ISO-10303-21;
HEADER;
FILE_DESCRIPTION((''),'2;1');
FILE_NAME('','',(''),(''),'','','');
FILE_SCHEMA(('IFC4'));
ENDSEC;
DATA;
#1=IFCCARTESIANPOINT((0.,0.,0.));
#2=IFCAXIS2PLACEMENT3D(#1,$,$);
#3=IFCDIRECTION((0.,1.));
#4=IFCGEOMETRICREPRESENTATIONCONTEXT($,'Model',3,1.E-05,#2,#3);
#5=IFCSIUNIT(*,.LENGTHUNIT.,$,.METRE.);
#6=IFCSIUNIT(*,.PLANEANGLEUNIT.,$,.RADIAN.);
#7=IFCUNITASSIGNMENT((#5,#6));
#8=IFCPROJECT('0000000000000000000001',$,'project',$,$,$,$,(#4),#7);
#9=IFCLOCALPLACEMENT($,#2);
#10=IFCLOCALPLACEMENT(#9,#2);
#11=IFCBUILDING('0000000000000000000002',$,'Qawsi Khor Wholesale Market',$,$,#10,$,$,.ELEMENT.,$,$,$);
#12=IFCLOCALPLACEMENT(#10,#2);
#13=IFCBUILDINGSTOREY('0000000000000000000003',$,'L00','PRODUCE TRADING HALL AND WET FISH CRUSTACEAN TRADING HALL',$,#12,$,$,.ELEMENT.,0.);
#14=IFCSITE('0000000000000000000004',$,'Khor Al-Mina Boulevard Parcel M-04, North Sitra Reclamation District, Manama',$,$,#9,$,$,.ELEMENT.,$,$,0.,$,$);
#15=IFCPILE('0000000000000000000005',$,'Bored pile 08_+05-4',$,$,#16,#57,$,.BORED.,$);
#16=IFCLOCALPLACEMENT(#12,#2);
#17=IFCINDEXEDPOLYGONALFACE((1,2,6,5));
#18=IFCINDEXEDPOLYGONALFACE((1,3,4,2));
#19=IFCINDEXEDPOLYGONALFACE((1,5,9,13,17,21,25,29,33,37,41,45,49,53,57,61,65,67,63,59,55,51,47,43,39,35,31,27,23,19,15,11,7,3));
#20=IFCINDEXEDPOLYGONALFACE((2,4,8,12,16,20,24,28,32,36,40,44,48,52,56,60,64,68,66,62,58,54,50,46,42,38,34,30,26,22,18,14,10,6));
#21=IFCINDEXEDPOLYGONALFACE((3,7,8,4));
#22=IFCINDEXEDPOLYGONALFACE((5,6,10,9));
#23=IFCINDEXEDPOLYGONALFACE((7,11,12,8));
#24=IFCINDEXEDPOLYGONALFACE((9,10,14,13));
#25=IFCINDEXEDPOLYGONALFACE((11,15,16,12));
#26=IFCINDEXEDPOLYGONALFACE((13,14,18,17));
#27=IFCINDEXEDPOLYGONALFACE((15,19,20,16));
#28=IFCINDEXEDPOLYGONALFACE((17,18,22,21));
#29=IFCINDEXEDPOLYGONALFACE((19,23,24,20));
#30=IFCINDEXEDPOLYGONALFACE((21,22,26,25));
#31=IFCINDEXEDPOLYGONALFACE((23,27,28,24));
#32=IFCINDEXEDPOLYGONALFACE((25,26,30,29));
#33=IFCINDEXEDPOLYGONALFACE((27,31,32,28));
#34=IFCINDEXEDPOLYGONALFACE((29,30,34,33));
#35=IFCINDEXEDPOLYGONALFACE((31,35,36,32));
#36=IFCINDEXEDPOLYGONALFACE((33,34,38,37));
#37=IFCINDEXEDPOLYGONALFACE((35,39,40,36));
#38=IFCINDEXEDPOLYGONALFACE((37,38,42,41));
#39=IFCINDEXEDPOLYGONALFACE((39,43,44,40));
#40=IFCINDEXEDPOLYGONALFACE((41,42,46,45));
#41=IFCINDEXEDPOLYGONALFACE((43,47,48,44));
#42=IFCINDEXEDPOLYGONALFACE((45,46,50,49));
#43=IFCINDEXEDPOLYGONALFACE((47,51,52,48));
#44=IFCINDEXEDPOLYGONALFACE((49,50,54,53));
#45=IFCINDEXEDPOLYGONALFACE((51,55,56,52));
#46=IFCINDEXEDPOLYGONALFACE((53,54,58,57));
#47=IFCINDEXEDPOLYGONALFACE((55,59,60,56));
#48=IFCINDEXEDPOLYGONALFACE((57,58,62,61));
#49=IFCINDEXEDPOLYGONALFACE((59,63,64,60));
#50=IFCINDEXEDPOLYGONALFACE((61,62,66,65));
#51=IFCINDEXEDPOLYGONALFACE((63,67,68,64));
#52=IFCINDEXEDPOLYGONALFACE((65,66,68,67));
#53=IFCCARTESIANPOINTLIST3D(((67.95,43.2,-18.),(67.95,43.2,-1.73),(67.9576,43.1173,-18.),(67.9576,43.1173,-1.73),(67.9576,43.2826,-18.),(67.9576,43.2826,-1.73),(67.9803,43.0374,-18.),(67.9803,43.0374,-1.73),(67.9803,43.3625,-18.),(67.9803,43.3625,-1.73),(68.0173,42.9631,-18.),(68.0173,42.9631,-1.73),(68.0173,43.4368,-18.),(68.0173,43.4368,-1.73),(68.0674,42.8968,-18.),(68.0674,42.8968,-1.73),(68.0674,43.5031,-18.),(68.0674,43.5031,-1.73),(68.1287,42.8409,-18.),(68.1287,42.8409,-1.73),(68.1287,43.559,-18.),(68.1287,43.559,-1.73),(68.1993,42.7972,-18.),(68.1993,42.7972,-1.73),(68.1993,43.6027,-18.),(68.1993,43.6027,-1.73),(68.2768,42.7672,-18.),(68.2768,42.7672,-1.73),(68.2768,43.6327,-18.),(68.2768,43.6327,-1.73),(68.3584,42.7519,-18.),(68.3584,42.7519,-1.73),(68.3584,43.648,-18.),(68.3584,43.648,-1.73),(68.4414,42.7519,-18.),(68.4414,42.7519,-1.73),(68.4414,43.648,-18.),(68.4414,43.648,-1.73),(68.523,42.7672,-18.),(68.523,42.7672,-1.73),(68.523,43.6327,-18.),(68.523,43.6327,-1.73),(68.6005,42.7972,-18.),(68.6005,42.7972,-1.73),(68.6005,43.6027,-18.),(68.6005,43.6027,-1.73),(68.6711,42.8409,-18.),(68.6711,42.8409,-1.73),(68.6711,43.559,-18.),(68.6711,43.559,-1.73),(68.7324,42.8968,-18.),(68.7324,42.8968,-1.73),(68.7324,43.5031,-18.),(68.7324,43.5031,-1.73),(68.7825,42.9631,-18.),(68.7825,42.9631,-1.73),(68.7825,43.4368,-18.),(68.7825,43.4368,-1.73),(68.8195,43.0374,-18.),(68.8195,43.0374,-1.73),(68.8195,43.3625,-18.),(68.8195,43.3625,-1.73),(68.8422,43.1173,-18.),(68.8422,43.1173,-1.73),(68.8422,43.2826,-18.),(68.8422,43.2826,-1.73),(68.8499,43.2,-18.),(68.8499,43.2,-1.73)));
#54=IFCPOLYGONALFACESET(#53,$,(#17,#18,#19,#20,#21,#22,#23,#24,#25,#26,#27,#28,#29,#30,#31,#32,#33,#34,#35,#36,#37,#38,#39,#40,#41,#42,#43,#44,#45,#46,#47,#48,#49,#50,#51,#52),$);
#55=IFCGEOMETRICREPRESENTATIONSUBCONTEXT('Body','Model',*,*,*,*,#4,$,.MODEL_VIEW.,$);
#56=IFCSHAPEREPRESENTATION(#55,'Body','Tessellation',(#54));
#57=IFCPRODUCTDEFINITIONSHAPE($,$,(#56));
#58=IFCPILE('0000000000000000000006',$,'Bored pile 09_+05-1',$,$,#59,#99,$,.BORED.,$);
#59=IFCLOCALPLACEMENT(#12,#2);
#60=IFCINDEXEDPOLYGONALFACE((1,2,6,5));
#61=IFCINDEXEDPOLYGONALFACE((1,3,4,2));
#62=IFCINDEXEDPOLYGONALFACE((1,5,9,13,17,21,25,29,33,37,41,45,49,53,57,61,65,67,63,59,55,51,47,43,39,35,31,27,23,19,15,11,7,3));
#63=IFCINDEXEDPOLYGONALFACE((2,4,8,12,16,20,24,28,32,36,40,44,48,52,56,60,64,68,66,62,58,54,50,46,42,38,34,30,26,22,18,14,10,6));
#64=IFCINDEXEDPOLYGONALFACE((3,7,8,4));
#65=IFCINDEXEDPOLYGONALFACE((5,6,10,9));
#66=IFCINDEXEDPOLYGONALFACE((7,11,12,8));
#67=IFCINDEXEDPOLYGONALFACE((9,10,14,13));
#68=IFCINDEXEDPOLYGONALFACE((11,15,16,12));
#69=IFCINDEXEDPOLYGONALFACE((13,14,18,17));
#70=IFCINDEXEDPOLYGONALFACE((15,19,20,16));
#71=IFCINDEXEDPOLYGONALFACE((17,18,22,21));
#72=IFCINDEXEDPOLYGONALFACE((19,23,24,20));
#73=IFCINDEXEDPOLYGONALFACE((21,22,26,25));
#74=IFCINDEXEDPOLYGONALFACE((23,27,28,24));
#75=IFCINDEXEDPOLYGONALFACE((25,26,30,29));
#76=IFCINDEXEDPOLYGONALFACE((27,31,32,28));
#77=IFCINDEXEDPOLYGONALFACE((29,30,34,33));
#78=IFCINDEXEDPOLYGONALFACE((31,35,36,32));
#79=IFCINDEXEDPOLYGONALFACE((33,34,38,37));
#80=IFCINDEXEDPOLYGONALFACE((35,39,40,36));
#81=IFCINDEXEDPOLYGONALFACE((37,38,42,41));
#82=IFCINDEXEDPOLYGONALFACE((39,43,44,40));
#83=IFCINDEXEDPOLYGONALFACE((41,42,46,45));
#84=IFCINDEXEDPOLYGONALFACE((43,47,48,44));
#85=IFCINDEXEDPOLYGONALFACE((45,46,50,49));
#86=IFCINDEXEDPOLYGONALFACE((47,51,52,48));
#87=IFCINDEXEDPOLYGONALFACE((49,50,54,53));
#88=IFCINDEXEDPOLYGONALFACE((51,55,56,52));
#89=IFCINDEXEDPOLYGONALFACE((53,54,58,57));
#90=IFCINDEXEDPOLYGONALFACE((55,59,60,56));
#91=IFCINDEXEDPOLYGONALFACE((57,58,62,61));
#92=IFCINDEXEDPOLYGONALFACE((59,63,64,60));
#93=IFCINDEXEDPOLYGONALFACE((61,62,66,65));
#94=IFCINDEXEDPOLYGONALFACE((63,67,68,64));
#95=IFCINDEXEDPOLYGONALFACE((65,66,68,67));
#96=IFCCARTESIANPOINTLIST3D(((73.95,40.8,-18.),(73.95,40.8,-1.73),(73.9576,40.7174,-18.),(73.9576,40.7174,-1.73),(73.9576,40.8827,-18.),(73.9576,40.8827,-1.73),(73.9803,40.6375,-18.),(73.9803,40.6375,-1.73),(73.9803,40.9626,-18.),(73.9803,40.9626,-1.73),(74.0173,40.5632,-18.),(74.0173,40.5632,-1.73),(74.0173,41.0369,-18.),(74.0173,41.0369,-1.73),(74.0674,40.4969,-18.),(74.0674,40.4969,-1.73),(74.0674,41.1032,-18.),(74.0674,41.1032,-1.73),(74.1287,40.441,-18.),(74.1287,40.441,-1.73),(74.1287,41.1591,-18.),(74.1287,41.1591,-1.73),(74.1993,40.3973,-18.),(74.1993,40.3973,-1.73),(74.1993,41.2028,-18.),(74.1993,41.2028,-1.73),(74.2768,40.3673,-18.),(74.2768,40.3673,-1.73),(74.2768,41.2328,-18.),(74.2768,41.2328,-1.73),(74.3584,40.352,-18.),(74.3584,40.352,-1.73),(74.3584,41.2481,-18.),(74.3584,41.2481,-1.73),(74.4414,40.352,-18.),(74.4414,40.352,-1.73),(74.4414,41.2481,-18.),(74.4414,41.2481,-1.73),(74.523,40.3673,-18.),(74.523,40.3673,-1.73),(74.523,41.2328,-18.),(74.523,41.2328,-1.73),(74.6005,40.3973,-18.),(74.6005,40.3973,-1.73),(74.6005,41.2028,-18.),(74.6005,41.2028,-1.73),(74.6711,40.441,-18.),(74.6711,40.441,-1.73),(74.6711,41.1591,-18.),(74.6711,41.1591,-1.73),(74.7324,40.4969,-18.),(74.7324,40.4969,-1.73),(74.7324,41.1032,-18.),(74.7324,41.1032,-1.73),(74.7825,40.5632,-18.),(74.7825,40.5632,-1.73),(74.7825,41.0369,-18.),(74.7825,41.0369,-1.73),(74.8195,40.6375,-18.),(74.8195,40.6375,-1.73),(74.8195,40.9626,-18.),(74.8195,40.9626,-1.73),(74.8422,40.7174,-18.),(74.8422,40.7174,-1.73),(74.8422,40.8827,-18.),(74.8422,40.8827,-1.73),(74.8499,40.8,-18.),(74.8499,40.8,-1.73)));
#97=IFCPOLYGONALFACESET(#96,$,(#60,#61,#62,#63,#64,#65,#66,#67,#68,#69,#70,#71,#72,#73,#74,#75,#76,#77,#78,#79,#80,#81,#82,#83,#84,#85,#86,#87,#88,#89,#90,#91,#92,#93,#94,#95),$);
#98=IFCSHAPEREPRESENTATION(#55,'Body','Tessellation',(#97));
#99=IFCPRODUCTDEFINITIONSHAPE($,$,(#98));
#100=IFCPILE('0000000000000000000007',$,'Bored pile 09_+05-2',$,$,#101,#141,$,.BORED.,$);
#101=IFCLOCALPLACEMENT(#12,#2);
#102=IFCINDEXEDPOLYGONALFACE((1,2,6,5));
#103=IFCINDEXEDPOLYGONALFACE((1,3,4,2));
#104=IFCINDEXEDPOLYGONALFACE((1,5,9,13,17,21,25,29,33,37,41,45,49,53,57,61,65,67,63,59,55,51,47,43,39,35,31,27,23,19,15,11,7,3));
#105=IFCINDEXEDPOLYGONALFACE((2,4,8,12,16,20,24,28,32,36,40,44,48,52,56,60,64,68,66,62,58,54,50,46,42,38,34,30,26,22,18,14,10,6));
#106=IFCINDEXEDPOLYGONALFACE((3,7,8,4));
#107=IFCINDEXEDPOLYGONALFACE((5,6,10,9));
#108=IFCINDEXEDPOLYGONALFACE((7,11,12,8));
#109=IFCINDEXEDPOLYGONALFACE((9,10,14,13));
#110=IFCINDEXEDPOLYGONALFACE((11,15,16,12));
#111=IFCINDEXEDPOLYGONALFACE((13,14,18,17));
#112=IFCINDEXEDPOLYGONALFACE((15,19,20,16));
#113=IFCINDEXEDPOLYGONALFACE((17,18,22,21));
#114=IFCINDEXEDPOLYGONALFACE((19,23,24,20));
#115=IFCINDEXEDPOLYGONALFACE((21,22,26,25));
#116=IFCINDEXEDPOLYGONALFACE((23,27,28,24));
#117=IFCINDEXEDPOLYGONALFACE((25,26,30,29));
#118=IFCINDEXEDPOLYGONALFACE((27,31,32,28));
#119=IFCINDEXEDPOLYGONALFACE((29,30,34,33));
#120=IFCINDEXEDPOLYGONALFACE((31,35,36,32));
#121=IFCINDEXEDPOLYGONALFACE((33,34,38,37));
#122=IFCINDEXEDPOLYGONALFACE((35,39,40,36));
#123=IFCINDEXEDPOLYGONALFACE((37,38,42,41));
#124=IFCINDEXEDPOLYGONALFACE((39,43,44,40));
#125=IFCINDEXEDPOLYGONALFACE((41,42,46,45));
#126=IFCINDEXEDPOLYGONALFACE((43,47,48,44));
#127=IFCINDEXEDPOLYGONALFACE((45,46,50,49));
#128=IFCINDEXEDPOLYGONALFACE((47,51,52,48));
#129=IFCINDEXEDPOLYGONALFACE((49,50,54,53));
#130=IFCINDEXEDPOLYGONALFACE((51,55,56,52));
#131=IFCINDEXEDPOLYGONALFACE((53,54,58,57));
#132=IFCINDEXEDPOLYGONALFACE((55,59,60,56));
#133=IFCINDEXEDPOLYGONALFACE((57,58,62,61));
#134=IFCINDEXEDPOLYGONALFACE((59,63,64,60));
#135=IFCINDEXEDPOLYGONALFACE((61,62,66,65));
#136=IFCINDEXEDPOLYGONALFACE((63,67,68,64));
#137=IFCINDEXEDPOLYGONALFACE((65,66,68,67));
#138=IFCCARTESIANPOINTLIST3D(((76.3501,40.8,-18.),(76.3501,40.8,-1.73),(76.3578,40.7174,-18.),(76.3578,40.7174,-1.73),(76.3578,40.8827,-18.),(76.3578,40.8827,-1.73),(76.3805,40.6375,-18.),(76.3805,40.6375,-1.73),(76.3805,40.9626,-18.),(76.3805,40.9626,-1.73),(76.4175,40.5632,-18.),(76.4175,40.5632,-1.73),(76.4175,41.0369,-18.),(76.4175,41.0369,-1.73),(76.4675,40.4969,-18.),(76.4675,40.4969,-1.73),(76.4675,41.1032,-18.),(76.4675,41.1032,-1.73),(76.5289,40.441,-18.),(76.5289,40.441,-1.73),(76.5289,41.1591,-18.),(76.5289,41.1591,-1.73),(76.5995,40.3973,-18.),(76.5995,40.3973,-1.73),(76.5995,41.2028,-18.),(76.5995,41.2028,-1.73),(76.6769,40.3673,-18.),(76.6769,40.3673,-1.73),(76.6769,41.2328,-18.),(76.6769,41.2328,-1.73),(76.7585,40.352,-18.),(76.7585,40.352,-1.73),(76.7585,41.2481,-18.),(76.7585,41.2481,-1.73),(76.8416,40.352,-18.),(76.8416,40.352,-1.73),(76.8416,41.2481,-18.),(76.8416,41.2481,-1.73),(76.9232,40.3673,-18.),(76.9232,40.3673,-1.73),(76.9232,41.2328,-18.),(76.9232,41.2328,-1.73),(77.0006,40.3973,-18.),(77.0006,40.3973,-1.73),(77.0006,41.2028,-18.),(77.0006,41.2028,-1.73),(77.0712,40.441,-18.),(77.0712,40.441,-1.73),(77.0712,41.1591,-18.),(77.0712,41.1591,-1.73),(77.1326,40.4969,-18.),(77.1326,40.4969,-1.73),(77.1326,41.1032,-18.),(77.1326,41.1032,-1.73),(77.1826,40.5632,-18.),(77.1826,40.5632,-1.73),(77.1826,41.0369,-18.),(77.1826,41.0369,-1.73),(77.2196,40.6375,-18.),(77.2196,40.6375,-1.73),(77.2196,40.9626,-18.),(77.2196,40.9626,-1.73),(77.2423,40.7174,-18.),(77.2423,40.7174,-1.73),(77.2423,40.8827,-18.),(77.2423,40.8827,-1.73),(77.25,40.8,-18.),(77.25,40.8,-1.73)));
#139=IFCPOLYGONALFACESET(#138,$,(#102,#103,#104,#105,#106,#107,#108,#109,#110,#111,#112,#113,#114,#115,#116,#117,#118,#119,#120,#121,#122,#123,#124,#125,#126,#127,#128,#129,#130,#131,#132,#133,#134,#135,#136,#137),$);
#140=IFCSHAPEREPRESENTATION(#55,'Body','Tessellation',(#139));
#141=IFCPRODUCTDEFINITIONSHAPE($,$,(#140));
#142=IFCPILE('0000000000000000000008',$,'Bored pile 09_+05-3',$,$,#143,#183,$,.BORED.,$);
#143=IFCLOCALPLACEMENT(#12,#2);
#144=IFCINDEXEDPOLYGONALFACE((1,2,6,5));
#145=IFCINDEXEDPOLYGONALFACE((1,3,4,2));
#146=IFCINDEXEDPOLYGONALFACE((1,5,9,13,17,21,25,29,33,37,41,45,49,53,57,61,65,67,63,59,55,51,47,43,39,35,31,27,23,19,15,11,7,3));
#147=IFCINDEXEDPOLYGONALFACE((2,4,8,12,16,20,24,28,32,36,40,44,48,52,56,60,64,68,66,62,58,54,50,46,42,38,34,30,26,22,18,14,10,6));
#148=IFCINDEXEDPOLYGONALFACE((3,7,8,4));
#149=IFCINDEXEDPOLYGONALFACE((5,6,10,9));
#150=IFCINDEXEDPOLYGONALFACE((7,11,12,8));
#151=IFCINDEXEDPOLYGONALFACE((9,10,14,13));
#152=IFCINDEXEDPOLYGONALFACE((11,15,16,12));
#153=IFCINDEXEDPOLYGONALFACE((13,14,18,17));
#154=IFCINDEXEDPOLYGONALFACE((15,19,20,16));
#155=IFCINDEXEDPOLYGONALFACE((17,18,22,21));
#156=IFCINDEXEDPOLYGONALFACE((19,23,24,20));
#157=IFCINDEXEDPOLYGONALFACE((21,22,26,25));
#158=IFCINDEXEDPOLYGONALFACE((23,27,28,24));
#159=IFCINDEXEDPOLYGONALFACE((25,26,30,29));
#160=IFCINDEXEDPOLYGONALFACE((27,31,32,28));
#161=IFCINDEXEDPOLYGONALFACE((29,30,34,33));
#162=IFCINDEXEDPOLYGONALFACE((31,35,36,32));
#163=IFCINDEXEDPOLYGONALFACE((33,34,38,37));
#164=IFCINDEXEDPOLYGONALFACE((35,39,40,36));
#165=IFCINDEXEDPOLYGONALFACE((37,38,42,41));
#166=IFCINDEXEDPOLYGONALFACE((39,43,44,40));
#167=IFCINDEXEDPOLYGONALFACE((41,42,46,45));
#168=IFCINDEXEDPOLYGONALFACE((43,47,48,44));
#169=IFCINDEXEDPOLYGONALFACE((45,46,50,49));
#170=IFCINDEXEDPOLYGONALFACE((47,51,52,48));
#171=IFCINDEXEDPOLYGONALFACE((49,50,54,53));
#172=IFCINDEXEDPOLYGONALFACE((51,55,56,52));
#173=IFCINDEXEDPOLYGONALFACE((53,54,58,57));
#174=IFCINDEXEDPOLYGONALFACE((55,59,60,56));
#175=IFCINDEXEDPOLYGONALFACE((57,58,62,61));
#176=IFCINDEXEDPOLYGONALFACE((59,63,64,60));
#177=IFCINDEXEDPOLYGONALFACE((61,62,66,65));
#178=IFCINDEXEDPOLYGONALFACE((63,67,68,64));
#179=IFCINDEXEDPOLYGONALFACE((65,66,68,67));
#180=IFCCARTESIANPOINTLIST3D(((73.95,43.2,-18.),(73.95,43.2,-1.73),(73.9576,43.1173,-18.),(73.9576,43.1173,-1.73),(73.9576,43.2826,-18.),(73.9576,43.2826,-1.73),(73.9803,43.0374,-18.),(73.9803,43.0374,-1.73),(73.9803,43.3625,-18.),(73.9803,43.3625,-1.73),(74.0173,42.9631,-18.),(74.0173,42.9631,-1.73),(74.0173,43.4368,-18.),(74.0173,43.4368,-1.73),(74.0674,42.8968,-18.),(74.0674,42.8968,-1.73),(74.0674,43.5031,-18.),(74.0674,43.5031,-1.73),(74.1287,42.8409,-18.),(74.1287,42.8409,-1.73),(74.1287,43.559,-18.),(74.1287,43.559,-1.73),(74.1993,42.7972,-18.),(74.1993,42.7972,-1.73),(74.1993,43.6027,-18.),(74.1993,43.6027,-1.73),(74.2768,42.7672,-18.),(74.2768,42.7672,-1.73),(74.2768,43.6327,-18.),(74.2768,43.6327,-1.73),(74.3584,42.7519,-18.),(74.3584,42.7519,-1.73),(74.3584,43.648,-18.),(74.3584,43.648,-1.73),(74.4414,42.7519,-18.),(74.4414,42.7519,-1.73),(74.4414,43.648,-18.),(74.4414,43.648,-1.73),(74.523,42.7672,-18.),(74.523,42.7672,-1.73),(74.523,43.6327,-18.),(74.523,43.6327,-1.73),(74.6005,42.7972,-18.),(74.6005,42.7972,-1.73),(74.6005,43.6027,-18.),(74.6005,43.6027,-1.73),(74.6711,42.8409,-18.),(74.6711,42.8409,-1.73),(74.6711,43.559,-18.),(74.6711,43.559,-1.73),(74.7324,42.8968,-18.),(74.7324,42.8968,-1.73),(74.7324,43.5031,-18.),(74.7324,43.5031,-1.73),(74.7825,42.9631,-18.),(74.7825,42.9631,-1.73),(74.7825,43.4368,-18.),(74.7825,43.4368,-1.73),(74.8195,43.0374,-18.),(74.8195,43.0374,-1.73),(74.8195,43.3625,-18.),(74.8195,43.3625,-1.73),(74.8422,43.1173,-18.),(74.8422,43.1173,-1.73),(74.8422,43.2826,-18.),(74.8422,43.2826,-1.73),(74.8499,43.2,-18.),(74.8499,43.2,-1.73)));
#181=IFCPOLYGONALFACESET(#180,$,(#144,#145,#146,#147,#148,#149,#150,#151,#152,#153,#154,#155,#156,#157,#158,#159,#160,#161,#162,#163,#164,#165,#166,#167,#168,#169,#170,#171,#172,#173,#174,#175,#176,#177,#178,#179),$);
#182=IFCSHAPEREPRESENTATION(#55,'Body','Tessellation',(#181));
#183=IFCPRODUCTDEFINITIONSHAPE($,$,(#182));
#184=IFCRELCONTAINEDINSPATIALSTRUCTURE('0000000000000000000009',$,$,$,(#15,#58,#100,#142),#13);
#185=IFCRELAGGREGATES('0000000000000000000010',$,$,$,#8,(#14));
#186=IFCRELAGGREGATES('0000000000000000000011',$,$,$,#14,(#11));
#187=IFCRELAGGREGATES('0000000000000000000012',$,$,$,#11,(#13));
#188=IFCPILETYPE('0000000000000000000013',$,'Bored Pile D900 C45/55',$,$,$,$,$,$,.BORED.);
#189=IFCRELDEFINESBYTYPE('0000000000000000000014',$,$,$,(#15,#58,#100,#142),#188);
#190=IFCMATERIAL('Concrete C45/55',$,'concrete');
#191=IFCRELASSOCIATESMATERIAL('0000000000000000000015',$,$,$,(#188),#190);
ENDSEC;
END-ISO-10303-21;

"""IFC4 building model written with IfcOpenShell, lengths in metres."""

from ifc_helpers import new_model, si_unit, direction, frame, origin, origin_2d, place, context, subcontext, project, spatial, circle, extrude, material, material_profile, profile_set, type_object, element, save


model = new_model("IFC4")

# Units and contexts
model_context = context("Model", 3, precision=1e-05, world=origin(), true_north=direction((0.0, 1.0)))
body_context = subcontext(model_context, "Body", "Model", "MODEL_VIEW")
ifc_project = project(units=[si_unit("LENGTHUNIT", "METRE"), si_unit("PLANEANGLEUNIT", "RADIAN")], contexts=[model_context])

# Site, building, storey
site_placement = place(None, origin())
site = spatial("IfcSite", under=ifc_project, at=site_placement, Name="Khor Al-Mina Boulevard Parcel M-04, North Sitra Reclamation District, Manama", CompositionType="ELEMENT", RefElevation=0.0)
building_placement = place(site_placement, origin())
building = spatial("IfcBuilding", under=site, at=building_placement, Name="Qawsi Khor Wholesale Market", CompositionType="ELEMENT")
storey_placement = place(building_placement, origin())
storey = spatial("IfcBuildingStorey", under=building, at=storey_placement, Name="L00", Description="PRODUCE TRADING HALL AND WET FISH CRUSTACEAN TRADING HALL", CompositionType="ELEMENT", Elevation=0.0)

# Piles
ifc_material_1 = material(Name="Concrete C45/55", Category="concrete")
ifc_material_profile_1 = material_profile(ifc_material_1, circle(Radius=0.45, at=origin_2d()), Name="PILE D900")
ifc_profile_set_1 = profile_set([ifc_material_profile_1], Name="Concrete C45/55")
pile_type = type_object("IfcPileType", Name="Bored Pile D900 C45/55", PredefinedType="BORED", material=ifc_profile_set_1)
for number, where, z_axis, x_axis, name in (
    (1, (68.3999, 43.2, -1.73), (0.0, 0.0, -1.0), (1.0, 0.0, 0.0), "Bored pile 08_+05-4"),
    (2, (74.3999, 40.8, -1.73), (0.0, 0.0, -1.0), (1.0, 0.0, 0.0), "Bored pile 09_+05-1"),
    (3, (76.8, 40.8, -1.73), (0.0, 0.0, -1.0), (1.0, 0.0, 0.0), "Bored pile 09_+05-2"),
    (4, (74.3999, 43.2, -1.73), (0.0, 0.0, -1.0), (1.0, 0.0, 0.0), "Bored pile 09_+05-3"),
):
    element("IfcPile", number, at=place(storey_placement, frame(where, z_axis=z_axis, x_axis=x_axis)), inside=storey, type_object=pile_type, Name=name, PredefinedType="BORED", context=body_context, shape_type="SweptSolid", body=[
        extrude(circle(Radius=0.45, at=origin_2d()), origin(), (0.0, 0.0, 1.0), 16.27),
    ])

save(model, "model.ifc")
